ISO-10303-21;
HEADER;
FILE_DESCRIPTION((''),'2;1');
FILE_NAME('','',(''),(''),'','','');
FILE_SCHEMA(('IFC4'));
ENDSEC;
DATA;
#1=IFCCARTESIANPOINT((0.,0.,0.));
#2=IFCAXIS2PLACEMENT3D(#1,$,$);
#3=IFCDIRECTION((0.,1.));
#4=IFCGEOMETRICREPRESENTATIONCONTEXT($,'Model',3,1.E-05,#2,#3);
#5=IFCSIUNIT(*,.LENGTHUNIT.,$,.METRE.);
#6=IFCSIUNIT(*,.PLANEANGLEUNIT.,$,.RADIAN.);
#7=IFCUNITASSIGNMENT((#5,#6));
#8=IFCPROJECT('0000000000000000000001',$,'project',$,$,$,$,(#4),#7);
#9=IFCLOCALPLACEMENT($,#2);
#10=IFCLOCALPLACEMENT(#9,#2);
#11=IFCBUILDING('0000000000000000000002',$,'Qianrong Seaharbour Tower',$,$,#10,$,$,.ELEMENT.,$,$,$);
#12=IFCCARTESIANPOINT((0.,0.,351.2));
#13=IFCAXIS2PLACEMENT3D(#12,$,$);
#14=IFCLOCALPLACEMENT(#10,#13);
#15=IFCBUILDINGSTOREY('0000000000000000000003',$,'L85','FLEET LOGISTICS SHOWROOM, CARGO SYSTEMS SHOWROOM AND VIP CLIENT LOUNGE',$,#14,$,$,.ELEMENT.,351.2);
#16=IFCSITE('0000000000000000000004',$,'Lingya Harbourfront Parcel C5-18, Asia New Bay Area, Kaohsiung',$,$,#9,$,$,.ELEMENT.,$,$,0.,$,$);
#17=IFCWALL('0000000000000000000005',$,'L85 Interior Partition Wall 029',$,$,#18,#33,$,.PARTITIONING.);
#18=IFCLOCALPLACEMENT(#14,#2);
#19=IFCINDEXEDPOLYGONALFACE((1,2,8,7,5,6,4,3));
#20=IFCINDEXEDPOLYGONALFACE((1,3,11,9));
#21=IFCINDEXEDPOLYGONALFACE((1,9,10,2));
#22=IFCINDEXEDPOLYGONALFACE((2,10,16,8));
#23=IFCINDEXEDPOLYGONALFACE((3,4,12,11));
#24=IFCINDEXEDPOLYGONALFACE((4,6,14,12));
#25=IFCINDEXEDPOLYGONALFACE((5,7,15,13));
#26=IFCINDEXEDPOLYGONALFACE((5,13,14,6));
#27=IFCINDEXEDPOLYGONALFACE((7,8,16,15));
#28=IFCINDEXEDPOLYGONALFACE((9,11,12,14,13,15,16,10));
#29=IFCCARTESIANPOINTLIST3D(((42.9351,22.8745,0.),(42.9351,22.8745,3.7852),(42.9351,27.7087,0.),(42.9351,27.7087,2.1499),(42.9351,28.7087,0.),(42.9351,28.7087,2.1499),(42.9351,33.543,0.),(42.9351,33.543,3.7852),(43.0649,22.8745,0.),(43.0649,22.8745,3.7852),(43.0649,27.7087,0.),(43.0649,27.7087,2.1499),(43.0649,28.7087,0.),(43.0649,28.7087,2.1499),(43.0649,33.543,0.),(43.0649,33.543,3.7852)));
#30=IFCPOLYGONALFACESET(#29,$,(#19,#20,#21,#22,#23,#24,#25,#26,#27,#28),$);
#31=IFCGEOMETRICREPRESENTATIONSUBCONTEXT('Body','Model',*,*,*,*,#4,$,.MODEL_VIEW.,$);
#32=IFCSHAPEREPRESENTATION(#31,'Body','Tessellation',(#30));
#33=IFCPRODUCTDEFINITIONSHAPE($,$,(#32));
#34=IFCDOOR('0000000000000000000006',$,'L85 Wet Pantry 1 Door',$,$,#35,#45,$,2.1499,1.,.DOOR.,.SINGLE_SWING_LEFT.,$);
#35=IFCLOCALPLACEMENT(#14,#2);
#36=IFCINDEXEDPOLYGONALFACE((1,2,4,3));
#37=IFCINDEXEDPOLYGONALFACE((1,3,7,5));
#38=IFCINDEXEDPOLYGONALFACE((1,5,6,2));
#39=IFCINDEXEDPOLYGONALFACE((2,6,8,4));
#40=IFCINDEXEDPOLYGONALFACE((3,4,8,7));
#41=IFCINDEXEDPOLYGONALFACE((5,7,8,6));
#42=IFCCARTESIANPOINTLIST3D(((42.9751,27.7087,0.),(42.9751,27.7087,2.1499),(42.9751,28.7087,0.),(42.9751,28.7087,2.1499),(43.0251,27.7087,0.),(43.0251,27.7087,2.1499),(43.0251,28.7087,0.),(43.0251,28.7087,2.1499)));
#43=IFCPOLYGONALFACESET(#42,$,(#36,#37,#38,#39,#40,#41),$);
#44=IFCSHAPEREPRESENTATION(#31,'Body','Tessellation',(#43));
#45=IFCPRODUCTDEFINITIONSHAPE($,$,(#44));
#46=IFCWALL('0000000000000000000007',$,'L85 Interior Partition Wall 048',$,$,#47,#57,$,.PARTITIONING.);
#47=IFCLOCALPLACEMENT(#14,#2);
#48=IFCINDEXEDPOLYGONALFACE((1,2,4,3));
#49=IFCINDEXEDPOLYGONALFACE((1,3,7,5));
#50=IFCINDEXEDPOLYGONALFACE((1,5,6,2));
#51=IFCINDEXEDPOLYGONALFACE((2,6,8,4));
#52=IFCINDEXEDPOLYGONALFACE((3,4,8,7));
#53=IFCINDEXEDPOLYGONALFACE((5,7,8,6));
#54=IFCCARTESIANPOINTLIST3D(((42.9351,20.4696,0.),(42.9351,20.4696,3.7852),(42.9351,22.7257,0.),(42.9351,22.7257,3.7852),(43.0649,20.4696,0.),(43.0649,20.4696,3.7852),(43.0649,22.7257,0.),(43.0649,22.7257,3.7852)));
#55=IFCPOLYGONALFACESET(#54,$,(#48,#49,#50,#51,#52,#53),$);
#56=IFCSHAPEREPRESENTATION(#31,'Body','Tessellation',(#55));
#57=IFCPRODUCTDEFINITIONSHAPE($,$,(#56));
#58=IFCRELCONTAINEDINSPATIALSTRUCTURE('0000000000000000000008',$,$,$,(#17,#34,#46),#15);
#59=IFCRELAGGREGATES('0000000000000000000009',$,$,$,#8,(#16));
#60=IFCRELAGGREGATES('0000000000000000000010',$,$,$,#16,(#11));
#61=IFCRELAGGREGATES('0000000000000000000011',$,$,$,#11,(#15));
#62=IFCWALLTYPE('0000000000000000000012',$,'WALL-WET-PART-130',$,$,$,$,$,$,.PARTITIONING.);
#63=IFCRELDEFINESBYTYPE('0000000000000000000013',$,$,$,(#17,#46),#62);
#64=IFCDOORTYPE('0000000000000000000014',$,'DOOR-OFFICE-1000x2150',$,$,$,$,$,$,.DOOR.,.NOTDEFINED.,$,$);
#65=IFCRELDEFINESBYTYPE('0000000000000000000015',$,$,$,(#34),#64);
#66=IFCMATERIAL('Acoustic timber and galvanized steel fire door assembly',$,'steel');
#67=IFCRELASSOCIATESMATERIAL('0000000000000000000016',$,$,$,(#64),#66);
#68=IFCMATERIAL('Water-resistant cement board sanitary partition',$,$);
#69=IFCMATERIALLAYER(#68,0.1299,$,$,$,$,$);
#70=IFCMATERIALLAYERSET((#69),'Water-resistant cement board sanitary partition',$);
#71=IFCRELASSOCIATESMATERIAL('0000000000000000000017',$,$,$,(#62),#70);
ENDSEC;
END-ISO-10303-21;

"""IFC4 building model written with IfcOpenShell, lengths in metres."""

from ifc_helpers import new_model, si_unit, direction, frame, frame_2d, origin, place, context, subcontext, project, spatial, rectangle, extrude, material, layer, layer_set, type_object, element, fill, save


model = new_model("IFC4")

# Units and contexts
model_context = context("Model", 3, precision=1e-05, world=origin(), true_north=direction((0.0, 1.0)))
body_context = subcontext(model_context, "Body", "Model", "MODEL_VIEW")
ifc_project = project(units=[si_unit("LENGTHUNIT", "METRE"), si_unit("PLANEANGLEUNIT", "RADIAN")], contexts=[model_context])

# Site, building, storey
site_placement = place(None, origin())
site = spatial("IfcSite", under=ifc_project, at=site_placement, Name="Lingya Harbourfront Parcel C5-18, Asia New Bay Area, Kaohsiung", CompositionType="ELEMENT", RefElevation=0.0)
building_placement = place(site_placement, origin())
building = spatial("IfcBuilding", under=site, at=building_placement, Name="Qianrong Seaharbour Tower", CompositionType="ELEMENT")
storey_placement = place(building_placement, frame((0.0, 0.0, 351.2)))
storey = spatial("IfcBuildingStorey", under=building, at=storey_placement, Name="L85", Description="FLEET LOGISTICS SHOWROOM, CARGO SYSTEMS SHOWROOM AND VIP CLIENT LOUNGE", CompositionType="ELEMENT", Elevation=351.2)

# Shared definitions
ifc_material_1 = material(Name="Acoustic timber and galvanized steel fire door assembly", Category="steel")
door_type = type_object("IfcDoorType", Name="DOOR-OFFICE-1000x2150", OperationType="NOTDEFINED", PredefinedType="DOOR", material=ifc_material_1)

# Wall, opening, door
ifc_material_2 = material(Name="Water-resistant cement board sanitary partition")
ifc_layer_1 = layer(ifc_material_2, 0.1299)
ifc_layer_set_1 = layer_set([ifc_layer_1], Name="Water-resistant cement board sanitary partition")
wall_type_1 = type_object("IfcWallType", Name="WALL-WET-PART-130", PredefinedType="PARTITIONING", material=ifc_layer_set_1)
wall_1_placement = place(storey_placement, frame((43.0, 22.8745, 0.0), z_axis=(0.0, 0.0, 1.0), x_axis=(0.0, 1.0, 0.0)))
wall_1 = element("IfcWall", 1, at=wall_1_placement, inside=storey, type_object=wall_type_1, Name="L85 Interior Partition Wall 029", PredefinedType="PARTITIONING", context=body_context, shape_type="SweptSolid", body=[
    extrude(rectangle(XDim=10.6685, YDim=0.1299, at=frame_2d((5.3342, 0.0))), origin(), (0.0, 0.0, 1.0), 3.7852),
])
opening_1_placement = place(wall_1_placement, frame((4.8342, 0.0, 0.0)))
opening_1 = element("IfcOpeningElement", 2, at=opening_1_placement, cuts=wall_1, PredefinedType="OPENING", context=body_context, shape_type="SweptSolid", body=[
    extrude(rectangle(XDim=1.0, YDim=2.1499, at=frame_2d((0.5, 1.075))), frame((0.0, 0.075, 0.0), z_axis=(0.0, -1.0, 0.0), x_axis=(1.0, 0.0, 0.0)), (0.0, 0.0, 1.0), 0.1499),
])
door_1_placement = place(opening_1_placement, origin())
door_1 = element("IfcDoor", 3, at=door_1_placement, inside=storey, type_object=door_type, Name="L85 Wet Pantry 1 Door", OperationType="SINGLE_SWING_LEFT", OverallHeight=2.1499, OverallWidth=1.0, PredefinedType="DOOR", context=body_context, shape_type="SweptSolid", body=[
    extrude(rectangle(XDim=1.0, YDim=2.1499, at=frame_2d((0.5, 1.075))), frame((0.0, 0.0249, 0.0), z_axis=(0.0, -1.0, 0.0), x_axis=(1.0, 0.0, 0.0)), (0.0, 0.0, 1.0), 0.05),
])
fill(opening_1, door_1)

# Wall
wall_2_placement = place(storey_placement, frame((43.0, 22.7256, 0.0), z_axis=(0.0, 0.0, 1.0), x_axis=(0.0, -1.0, 0.0)))
element("IfcWall", 4, at=wall_2_placement, inside=storey, type_object=wall_type_1, Name="L85 Interior Partition Wall 048", PredefinedType="PARTITIONING", context=body_context, shape_type="SweptSolid", body=[
    extrude(rectangle(XDim=2.2561, YDim=0.1299, at=frame_2d((1.1279, 0.0))), origin(), (0.0, 0.0, 1.0), 3.7852),
])

save(model, "model.ifc")
